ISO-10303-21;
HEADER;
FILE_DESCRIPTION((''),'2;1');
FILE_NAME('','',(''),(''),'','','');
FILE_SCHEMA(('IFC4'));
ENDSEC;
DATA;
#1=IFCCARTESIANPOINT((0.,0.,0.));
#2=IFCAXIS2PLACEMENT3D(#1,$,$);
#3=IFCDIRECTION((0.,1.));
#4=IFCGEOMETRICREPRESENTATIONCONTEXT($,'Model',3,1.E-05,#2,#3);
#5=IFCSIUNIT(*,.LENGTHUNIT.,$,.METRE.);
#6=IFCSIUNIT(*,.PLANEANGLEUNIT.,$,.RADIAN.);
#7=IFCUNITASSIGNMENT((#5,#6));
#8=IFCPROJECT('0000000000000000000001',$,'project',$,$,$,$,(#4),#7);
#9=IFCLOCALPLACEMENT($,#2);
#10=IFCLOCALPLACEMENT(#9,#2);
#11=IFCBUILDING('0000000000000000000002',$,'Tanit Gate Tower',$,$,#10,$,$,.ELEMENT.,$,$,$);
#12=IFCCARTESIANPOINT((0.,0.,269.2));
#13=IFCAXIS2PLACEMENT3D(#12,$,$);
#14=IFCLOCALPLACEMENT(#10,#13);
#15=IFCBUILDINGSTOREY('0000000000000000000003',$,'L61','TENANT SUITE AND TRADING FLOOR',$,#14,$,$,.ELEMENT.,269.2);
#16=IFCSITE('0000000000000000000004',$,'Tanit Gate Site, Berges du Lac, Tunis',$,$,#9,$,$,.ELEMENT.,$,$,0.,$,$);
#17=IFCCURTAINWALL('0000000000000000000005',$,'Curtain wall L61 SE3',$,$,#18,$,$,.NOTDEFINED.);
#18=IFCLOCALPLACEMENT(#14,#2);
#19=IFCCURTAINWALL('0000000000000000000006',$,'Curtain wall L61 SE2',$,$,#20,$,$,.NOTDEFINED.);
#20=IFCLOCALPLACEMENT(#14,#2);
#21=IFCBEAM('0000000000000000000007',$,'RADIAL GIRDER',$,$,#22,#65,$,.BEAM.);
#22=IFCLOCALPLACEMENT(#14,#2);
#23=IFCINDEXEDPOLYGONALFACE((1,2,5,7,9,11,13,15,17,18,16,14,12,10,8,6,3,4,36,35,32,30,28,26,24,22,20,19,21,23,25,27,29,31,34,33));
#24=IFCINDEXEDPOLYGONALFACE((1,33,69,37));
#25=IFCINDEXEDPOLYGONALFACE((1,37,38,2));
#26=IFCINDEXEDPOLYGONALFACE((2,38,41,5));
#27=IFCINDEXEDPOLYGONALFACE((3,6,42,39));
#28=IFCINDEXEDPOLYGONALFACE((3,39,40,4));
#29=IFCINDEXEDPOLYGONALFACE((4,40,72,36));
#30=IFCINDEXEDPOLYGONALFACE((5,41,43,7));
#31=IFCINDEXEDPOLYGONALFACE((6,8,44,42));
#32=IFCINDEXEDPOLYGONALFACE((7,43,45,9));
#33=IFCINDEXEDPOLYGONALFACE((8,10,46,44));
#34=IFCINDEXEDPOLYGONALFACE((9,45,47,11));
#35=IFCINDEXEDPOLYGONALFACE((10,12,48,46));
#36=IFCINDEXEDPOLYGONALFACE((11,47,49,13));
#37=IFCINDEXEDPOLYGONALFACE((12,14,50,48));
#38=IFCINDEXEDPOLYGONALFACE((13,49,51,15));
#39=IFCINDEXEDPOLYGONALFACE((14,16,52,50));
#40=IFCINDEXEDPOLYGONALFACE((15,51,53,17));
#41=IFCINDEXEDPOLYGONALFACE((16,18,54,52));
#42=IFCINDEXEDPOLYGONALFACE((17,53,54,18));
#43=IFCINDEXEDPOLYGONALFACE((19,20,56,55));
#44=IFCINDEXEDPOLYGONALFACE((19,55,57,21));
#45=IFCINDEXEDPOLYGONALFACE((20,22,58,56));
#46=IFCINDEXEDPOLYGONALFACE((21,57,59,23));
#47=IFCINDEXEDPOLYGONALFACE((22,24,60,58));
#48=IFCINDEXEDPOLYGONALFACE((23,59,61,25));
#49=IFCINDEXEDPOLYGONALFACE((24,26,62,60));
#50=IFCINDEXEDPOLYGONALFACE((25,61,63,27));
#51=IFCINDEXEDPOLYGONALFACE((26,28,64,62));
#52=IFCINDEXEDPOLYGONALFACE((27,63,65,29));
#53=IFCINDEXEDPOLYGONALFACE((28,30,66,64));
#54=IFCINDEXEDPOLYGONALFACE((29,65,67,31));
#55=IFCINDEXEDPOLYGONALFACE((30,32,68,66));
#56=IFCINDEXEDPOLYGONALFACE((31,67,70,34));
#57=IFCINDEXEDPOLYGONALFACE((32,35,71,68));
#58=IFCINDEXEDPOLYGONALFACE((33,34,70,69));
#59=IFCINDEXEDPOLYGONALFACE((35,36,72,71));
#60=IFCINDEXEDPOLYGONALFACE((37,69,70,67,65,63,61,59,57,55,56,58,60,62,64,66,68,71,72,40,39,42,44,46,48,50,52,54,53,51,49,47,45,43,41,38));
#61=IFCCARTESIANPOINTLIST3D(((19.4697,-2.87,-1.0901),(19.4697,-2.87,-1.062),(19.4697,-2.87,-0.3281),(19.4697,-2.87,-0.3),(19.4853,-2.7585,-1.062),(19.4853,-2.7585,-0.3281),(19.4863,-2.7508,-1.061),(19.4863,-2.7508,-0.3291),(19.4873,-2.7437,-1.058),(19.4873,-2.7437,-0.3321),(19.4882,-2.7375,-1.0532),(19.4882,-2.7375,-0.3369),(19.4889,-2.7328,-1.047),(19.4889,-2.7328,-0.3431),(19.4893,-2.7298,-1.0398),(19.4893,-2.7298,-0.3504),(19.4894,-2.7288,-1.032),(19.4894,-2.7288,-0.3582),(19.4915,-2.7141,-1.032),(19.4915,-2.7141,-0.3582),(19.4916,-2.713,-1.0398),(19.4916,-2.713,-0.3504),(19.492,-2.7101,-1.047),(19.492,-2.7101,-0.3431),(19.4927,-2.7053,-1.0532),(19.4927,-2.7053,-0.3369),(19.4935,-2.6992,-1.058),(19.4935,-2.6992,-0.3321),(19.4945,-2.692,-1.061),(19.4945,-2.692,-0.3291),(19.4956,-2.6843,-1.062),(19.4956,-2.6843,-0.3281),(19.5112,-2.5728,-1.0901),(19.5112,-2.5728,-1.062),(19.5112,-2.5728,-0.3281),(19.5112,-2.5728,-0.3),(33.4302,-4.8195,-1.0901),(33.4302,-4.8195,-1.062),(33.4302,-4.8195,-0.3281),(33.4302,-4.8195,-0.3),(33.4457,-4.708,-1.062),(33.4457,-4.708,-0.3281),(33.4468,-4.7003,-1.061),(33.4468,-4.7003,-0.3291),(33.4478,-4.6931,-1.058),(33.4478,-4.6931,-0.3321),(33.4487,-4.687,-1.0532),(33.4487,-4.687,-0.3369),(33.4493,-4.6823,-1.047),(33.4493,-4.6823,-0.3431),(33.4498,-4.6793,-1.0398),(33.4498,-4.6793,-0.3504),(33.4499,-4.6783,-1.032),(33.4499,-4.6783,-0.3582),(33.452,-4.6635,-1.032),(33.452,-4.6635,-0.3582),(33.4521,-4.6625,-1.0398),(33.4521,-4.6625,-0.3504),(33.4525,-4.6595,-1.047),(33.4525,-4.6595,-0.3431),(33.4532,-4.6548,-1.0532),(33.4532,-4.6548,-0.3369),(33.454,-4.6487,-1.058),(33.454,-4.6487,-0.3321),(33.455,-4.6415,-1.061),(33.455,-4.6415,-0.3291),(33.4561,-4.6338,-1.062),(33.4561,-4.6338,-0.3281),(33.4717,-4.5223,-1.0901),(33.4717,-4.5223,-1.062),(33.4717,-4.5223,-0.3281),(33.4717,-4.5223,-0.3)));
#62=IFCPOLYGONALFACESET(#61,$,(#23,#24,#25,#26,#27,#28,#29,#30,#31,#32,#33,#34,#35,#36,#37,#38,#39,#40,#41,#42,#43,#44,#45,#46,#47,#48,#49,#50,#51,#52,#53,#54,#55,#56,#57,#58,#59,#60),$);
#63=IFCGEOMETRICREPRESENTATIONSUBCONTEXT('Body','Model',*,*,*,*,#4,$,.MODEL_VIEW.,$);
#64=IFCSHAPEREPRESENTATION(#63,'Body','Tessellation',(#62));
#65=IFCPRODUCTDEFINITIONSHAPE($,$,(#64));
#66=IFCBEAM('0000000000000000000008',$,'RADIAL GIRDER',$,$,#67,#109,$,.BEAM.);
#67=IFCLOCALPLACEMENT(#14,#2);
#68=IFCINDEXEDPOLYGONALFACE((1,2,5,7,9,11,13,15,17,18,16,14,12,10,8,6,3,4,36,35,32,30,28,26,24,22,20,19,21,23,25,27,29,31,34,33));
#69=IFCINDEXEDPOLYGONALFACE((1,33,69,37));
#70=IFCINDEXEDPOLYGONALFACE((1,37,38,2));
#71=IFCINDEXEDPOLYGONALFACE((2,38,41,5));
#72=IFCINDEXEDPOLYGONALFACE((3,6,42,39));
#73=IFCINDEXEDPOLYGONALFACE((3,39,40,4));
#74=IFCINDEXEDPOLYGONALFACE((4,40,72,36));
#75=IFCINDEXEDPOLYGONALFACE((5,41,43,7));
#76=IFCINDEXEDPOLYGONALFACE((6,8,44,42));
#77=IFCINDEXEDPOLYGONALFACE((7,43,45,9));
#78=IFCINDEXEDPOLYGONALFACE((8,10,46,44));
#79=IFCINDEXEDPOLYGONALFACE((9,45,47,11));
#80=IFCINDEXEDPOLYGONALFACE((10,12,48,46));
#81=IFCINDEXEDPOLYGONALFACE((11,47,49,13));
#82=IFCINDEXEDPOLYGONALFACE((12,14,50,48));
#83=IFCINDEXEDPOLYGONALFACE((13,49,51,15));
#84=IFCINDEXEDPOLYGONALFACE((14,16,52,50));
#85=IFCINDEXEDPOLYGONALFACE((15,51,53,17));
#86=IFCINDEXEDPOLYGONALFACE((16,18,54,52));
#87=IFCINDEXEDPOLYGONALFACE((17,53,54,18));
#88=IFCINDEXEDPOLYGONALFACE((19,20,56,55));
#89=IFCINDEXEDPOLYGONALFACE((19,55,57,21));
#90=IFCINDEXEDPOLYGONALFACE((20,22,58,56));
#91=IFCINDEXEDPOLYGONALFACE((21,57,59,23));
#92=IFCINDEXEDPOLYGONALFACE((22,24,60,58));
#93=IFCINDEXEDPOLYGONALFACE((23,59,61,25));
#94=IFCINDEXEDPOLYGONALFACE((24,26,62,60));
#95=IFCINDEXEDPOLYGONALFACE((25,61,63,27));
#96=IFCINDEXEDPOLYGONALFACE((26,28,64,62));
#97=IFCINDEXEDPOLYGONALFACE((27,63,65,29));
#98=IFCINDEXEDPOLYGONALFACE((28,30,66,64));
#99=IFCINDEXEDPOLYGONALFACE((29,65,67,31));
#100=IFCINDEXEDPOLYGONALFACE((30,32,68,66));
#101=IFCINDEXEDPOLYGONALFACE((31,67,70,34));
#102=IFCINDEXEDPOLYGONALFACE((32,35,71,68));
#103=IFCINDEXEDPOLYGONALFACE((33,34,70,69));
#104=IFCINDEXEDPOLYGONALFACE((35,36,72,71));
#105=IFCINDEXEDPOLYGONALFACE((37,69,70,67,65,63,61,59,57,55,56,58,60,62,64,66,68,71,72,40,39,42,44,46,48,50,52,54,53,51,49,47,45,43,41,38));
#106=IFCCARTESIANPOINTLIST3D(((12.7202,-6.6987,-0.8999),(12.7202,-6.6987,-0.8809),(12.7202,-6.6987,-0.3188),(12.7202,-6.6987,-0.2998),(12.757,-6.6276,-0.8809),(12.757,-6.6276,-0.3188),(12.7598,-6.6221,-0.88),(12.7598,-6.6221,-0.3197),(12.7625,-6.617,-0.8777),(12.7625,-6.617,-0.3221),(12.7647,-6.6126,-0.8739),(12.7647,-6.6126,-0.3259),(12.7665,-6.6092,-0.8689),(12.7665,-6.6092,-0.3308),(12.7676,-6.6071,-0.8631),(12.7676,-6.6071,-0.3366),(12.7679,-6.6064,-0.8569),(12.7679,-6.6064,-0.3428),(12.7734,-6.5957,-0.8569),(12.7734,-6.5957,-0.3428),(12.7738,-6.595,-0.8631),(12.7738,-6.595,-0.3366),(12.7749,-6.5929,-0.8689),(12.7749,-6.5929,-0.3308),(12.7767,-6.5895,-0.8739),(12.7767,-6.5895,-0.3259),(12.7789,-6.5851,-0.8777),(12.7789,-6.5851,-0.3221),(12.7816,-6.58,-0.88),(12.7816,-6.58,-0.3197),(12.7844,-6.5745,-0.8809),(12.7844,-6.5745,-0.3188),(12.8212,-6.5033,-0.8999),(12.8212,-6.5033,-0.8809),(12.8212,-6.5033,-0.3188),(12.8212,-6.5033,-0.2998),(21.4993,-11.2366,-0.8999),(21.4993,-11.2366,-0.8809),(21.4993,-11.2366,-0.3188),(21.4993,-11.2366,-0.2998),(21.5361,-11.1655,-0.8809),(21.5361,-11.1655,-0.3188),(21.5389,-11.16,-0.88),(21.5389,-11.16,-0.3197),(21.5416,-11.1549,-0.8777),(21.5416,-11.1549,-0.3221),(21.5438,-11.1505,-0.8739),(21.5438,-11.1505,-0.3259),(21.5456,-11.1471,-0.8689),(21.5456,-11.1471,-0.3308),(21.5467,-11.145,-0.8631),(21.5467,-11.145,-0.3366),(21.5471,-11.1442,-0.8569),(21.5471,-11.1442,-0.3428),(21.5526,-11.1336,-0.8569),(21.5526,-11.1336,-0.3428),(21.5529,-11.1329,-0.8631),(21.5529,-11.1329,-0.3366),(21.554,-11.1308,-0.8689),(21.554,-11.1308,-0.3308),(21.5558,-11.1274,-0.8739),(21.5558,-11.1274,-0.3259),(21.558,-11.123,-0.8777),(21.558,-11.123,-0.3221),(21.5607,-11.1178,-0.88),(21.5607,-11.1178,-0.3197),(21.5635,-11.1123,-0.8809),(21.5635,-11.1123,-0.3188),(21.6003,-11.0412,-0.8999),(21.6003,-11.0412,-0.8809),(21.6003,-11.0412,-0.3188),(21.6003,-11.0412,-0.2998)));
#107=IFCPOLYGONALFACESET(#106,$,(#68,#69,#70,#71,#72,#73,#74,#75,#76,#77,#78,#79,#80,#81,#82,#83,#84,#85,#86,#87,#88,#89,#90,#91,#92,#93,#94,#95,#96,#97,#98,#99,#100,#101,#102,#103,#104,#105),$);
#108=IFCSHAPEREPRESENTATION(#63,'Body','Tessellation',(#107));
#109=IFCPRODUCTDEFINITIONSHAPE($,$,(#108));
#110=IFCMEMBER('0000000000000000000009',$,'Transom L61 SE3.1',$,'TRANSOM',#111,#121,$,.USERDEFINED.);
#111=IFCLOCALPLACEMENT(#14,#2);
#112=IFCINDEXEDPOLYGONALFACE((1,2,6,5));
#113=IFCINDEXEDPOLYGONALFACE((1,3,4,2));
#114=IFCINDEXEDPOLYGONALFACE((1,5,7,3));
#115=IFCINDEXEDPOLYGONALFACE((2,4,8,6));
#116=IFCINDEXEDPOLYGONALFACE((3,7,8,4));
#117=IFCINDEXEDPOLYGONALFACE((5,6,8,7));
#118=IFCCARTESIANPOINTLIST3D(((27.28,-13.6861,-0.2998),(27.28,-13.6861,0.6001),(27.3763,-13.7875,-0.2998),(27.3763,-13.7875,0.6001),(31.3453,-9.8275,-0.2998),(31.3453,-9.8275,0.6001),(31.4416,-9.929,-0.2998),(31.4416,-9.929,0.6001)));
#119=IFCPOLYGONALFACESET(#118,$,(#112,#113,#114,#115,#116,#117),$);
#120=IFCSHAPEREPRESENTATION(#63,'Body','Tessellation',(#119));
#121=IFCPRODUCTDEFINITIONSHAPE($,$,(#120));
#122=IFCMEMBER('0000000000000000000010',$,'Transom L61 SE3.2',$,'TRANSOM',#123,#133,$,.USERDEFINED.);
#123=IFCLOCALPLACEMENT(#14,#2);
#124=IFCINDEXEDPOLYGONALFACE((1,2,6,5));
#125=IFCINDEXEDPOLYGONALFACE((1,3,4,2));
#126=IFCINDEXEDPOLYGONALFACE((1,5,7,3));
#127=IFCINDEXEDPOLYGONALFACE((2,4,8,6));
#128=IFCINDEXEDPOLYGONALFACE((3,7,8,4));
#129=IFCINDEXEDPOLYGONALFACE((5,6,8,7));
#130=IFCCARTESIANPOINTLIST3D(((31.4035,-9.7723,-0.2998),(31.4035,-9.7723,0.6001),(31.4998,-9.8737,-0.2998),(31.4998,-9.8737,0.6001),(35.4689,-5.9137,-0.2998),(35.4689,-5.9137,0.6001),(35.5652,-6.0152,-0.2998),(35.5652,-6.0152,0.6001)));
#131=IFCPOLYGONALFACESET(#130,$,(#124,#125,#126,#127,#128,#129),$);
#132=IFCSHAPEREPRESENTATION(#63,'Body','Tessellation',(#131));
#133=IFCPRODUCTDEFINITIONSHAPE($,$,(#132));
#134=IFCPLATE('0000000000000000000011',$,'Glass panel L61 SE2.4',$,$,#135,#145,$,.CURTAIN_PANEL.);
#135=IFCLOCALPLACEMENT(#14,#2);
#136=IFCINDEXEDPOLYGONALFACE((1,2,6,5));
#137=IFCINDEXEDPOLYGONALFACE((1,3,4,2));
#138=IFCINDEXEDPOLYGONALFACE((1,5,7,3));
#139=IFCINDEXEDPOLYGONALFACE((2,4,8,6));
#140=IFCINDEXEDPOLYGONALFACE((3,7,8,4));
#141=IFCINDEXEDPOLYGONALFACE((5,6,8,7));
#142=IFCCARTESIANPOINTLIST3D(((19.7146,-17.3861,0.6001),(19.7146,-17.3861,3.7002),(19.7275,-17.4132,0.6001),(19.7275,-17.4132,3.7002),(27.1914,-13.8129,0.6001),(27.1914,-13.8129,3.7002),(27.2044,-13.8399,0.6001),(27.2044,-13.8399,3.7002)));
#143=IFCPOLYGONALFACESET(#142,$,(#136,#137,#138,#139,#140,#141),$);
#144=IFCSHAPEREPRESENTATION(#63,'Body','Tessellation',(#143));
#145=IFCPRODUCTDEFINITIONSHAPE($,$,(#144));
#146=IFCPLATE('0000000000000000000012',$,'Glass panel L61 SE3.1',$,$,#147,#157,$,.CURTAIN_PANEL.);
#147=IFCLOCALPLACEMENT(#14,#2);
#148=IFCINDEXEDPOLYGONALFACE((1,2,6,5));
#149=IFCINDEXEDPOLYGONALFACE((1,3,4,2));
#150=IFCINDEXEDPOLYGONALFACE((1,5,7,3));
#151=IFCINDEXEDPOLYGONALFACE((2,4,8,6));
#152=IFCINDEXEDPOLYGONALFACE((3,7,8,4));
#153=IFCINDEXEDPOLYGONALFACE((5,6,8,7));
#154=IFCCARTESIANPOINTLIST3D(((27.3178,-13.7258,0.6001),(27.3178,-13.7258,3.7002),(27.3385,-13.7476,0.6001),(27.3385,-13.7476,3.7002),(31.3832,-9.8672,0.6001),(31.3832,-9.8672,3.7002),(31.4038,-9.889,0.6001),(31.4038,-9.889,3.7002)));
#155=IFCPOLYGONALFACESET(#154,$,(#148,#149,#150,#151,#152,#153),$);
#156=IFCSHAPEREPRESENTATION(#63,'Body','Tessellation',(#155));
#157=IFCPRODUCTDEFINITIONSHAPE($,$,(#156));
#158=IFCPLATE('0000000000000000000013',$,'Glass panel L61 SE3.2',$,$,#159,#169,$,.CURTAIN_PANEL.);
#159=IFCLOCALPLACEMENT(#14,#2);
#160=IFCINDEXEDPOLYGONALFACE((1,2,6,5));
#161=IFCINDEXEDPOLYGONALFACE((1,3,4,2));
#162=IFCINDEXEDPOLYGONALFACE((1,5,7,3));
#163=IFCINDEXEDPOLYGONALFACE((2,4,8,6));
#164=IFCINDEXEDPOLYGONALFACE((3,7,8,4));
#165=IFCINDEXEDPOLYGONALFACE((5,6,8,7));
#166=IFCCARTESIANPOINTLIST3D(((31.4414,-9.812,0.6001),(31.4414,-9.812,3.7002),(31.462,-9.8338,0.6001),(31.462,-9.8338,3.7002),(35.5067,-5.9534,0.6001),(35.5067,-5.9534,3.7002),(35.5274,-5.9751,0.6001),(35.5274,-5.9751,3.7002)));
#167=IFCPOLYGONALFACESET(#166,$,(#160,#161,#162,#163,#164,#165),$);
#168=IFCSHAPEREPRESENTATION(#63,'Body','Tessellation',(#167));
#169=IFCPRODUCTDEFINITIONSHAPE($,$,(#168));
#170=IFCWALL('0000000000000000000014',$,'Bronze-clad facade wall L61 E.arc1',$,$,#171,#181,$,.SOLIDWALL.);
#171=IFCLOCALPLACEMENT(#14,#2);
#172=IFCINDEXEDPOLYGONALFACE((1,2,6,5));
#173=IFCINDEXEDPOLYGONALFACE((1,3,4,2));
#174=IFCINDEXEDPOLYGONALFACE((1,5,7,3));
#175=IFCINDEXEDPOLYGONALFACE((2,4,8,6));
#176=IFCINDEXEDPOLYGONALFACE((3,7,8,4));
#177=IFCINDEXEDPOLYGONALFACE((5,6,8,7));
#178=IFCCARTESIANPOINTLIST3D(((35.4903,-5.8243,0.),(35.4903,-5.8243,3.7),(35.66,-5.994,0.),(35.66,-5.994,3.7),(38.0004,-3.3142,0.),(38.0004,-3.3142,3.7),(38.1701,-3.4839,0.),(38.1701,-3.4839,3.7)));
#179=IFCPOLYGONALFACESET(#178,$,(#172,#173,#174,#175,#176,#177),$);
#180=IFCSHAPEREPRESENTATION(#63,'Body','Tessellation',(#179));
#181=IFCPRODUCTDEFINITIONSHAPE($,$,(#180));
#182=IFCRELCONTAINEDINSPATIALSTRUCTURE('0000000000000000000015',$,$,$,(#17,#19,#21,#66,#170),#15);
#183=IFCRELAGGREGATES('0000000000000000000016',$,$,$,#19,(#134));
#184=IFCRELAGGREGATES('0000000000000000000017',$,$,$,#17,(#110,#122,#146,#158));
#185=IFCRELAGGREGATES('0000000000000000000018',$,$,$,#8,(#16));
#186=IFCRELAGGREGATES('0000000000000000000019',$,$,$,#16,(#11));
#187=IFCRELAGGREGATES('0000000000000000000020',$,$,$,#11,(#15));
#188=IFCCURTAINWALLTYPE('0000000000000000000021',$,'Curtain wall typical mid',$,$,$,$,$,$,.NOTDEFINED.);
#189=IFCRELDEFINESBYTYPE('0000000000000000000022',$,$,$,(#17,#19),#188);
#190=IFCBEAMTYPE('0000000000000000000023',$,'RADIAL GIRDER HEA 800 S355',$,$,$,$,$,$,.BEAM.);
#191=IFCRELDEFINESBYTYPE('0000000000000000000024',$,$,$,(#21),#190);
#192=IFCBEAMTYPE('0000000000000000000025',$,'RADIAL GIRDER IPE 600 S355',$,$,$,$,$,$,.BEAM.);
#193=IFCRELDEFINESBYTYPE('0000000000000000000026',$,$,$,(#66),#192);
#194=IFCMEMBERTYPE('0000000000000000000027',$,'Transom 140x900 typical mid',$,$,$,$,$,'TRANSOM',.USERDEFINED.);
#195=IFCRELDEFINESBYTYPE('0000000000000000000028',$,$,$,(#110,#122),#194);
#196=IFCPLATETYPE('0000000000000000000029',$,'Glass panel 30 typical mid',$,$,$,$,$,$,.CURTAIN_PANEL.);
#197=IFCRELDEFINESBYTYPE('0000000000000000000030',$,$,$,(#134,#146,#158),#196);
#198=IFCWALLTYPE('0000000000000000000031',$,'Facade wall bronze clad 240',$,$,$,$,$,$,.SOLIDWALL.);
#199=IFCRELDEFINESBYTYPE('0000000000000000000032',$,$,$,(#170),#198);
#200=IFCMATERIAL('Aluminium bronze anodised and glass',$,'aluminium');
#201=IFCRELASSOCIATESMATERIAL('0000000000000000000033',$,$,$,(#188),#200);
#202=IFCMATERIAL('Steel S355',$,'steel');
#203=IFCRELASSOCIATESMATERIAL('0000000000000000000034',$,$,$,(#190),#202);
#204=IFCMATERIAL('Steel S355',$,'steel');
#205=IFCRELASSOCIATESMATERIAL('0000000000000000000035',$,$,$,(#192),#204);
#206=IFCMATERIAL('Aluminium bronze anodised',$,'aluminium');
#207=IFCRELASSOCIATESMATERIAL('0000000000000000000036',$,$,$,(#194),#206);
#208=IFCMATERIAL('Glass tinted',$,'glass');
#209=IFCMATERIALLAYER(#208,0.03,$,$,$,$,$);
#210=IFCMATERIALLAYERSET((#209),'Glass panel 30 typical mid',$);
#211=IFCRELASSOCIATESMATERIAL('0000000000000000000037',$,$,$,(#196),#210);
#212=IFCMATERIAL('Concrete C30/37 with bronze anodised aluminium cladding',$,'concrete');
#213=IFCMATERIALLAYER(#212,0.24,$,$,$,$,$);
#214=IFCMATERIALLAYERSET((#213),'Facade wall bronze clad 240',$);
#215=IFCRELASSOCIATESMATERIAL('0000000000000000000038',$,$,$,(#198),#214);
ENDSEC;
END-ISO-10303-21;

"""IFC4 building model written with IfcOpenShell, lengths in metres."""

from ifc_helpers import new_model, si_unit, direction, frame, frame_2d, origin, origin_2d, place, context, subcontext, project, spatial, rectangle, i_section, extrude, material, layer, layer_set, material_profile, profile_set, type_object, element, aggregate, save


model = new_model("IFC4")

# Units and contexts
model_context = context("Model", 3, precision=1e-05, world=origin(), true_north=direction((0.0, 1.0)))
body_context = subcontext(model_context, "Body", "Model", "MODEL_VIEW")
ifc_project = project(units=[si_unit("LENGTHUNIT", "METRE"), si_unit("PLANEANGLEUNIT", "RADIAN")], contexts=[model_context])

# Site, building, storey
site_placement = place(None, origin())
site = spatial("IfcSite", under=ifc_project, at=site_placement, Name="Tanit Gate Site, Berges du Lac, Tunis", CompositionType="ELEMENT", RefElevation=0.0)
building_placement = place(site_placement, origin())
building = spatial("IfcBuilding", under=site, at=building_placement, Name="Tanit Gate Tower", CompositionType="ELEMENT")
storey_placement = place(building_placement, frame((0.0, 0.0, 269.2)))
storey = spatial("IfcBuildingStorey", under=building, at=storey_placement, Name="L61", Description="TENANT SUITE AND TRADING FLOOR", CompositionType="ELEMENT", Elevation=269.2)

# Curtain wall
ifc_material_1 = material(Name="Aluminium bronze anodised and glass", Category="aluminium")
curtain_wall_type = type_object("IfcCurtainWallType", Name="Curtain wall typical mid", PredefinedType="NOTDEFINED", material=ifc_material_1)
curtain_wall_1_placement = place(storey_placement, origin())
curtain_wall_1 = element("IfcCurtainWall", 1, at=curtain_wall_1_placement, inside=storey, type_object=curtain_wall_type, Name="Curtain wall L61 SE3", PredefinedType="NOTDEFINED")

# Curtain wall
curtain_wall_2_placement = place(storey_placement, origin())
curtain_wall_2 = element("IfcCurtainWall", 2, at=curtain_wall_2_placement, inside=storey, type_object=curtain_wall_type, Name="Curtain wall L61 SE2", PredefinedType="NOTDEFINED")

# Beams
ifc_material_2 = material(Name="Steel S355", Category="steel")
ifc_material_profile_1 = material_profile(ifc_material_2, i_section(OverallWidth=0.3, OverallDepth=0.79, WebThickness=0.0149, FlangeThickness=0.0281, FilletRadius=0.03, at=origin_2d()), Name="HEA 800")
ifc_profile_set_1 = profile_set([ifc_material_profile_1], Name="Steel S355")
beam_type_1 = type_object("IfcBeamType", Name="RADIAL GIRDER HEA 800 S355", PredefinedType="BEAM", material=ifc_profile_set_1)
beam_1_placement = place(storey_placement, frame((33.4509, -4.6709, -0.6951), z_axis=(-0.99039, 0.1383, 0.0), x_axis=(-0.1383, -0.99039, 0.0)))
element("IfcBeam", 3, at=beam_1_placement, inside=storey, type_object=beam_type_1, Name="RADIAL GIRDER", PredefinedType="BEAM", context=body_context, shape_type="SweptSolid", body=[
    extrude(i_section(OverallWidth=0.3, OverallDepth=0.79, WebThickness=0.0149, FlangeThickness=0.0281, FilletRadius=0.03, at=origin_2d()), origin(), (0.0, 0.0, 1.0), 14.0959),
])
ifc_material_3 = material(Name="Steel S355", Category="steel")
ifc_material_profile_2 = material_profile(ifc_material_3, i_section(OverallWidth=0.22, OverallDepth=0.6001, WebThickness=0.012, FlangeThickness=0.019, FilletRadius=0.0239, at=origin_2d()), Name="IPE 600")
ifc_profile_set_2 = profile_set([ifc_material_profile_2], Name="Steel S355")
beam_type_2 = type_object("IfcBeamType", Name="RADIAL GIRDER IPE 600 S355", PredefinedType="BEAM", material=ifc_profile_set_2)
beam_2_placement = place(storey_placement, frame((21.5498, -11.1389, -0.5999), z_axis=(-0.888343, 0.45918, 0.0), x_axis=(-0.45918, -0.888343, 0.0)))
element("IfcBeam", 4, at=beam_2_placement, inside=storey, type_object=beam_type_2, Name="RADIAL GIRDER", PredefinedType="BEAM", context=body_context, shape_type="SweptSolid", body=[
    extrude(i_section(OverallWidth=0.22, OverallDepth=0.6001, WebThickness=0.012, FlangeThickness=0.019, FilletRadius=0.0239, at=origin_2d()), origin(), (0.0, 0.0, 1.0), 9.8826),
])

# Members
ifc_material_4 = material(Name="Aluminium bronze anodised", Category="aluminium")
ifc_material_profile_3 = material_profile(ifc_material_4, rectangle(XDim=0.1399, YDim=0.8999, at=origin_2d()), Name="140x900 bronze transom")
ifc_profile_set_3 = profile_set([ifc_material_profile_3], Name="Aluminium bronze anodised")
member_type_1 = type_object("IfcMemberType", Name="Transom 140x900 typical mid", ElementType="TRANSOM", PredefinedType="USERDEFINED", material=ifc_profile_set_3)
member_1_placement = place(storey_placement, frame((27.3281, -13.7368, 0.1501), z_axis=(0.725313, 0.68842, 0.0), x_axis=(-0.68842, 0.725313, 0.0)))
member_1 = element("IfcMember", 5, at=member_1_placement, type_object=member_type_1, Name="Transom L61 SE3.1", ObjectType="TRANSOM", PredefinedType="USERDEFINED", context=body_context, shape_type="SweptSolid", body=[
    extrude(rectangle(XDim=0.1399, YDim=0.8999, at=origin_2d()), origin(), (0.0, 0.0, 1.0), 5.605),
])
member_2_placement = place(storey_placement, frame((31.4517, -9.823, 0.1501), z_axis=(0.725313, 0.68842, 0.0), x_axis=(-0.68842, 0.725313, 0.0)))
member_2 = element("IfcMember", 6, at=member_2_placement, type_object=member_type_1, Name="Transom L61 SE3.2", ObjectType="TRANSOM", PredefinedType="USERDEFINED", context=body_context, shape_type="SweptSolid", body=[
    extrude(rectangle(XDim=0.1399, YDim=0.8999, at=origin_2d()), origin(), (0.0, 0.0, 1.0), 5.605),
])

# Plates
ifc_material_5 = material(Name="Glass tinted", Category="glass")
ifc_layer_1 = layer(ifc_material_5, 0.03)
ifc_layer_set_1 = layer_set([ifc_layer_1], Name="Glass panel 30 typical mid")
plate_type = type_object("IfcPlateType", Name="Glass panel 30 typical mid", PredefinedType="CURTAIN_PANEL", material=ifc_layer_set_1)
plate_1_placement = place(storey_placement, frame((23.4595, -15.613, 0.6001), z_axis=(0.0, 0.0, 1.0), x_axis=(0.902258, 0.431197, 0.0)))
plate_1 = element("IfcPlate", 7, at=plate_1_placement, type_object=plate_type, Name="Glass panel L61 SE2.4", PredefinedType="CURTAIN_PANEL", context=body_context, shape_type="SweptSolid", body=[
    extrude(rectangle(XDim=8.2869, YDim=0.03, at=origin_2d()), origin(), (0.0, 0.0, 1.0), 3.1001),
])
aggregate(curtain_wall_2, [plate_1])
plate_2_placement = place(storey_placement, frame((29.3608, -11.8074, 0.6001), z_axis=(0.0, 0.0, 1.0), x_axis=(0.725306, 0.688427, 0.0)))
plate_2 = element("IfcPlate", 8, at=plate_2_placement, type_object=plate_type, Name="Glass panel L61 SE3.1", PredefinedType="CURTAIN_PANEL", context=body_context, shape_type="SweptSolid", body=[
    extrude(rectangle(XDim=5.605, YDim=0.03, at=origin_2d()), origin(), (0.0, 0.0, 1.0), 3.1001),
])
plate_3_placement = place(storey_placement, frame((33.4844, -7.8936, 0.6001), z_axis=(0.0, 0.0, 1.0), x_axis=(0.725306, 0.688427, 0.0)))
plate_3 = element("IfcPlate", 9, at=plate_3_placement, type_object=plate_type, Name="Glass panel L61 SE3.2", PredefinedType="CURTAIN_PANEL", context=body_context, shape_type="SweptSolid", body=[
    extrude(rectangle(XDim=5.605, YDim=0.03, at=origin_2d()), origin(), (0.0, 0.0, 1.0), 3.1001),
])
aggregate(curtain_wall_1, [member_1, member_2, plate_2, plate_3])

# Wall
ifc_material_6 = material(Name="Concrete C30/37 with bronze anodised aluminium cladding", Category="concrete")
ifc_layer_2 = layer(ifc_material_6, 0.24)
ifc_layer_set_2 = layer_set([ifc_layer_2], Name="Facade wall bronze clad 240")
wall_type_1 = type_object("IfcWallType", Name="Facade wall bronze clad 240", PredefinedType="SOLIDWALL", material=ifc_layer_set_2)
wall_1_placement = place(storey_placement, frame((35.5752, -5.9092, 0.0), z_axis=(0.0, 0.0, 1.0), x_axis=(0.707107, 0.707107, 0.0)))
element("IfcWall", 10, at=wall_1_placement, inside=storey, type_object=wall_type_1, Name="Bronze-clad facade wall L61 E.arc1", PredefinedType="SOLIDWALL", context=body_context, shape_type="SweptSolid", body=[
    extrude(rectangle(XDim=3.5498, YDim=0.24, at=frame_2d((1.7749, 0.0))), origin(), (0.0, 0.0, 1.0), 3.7),
])

save(model, "model.ifc")
